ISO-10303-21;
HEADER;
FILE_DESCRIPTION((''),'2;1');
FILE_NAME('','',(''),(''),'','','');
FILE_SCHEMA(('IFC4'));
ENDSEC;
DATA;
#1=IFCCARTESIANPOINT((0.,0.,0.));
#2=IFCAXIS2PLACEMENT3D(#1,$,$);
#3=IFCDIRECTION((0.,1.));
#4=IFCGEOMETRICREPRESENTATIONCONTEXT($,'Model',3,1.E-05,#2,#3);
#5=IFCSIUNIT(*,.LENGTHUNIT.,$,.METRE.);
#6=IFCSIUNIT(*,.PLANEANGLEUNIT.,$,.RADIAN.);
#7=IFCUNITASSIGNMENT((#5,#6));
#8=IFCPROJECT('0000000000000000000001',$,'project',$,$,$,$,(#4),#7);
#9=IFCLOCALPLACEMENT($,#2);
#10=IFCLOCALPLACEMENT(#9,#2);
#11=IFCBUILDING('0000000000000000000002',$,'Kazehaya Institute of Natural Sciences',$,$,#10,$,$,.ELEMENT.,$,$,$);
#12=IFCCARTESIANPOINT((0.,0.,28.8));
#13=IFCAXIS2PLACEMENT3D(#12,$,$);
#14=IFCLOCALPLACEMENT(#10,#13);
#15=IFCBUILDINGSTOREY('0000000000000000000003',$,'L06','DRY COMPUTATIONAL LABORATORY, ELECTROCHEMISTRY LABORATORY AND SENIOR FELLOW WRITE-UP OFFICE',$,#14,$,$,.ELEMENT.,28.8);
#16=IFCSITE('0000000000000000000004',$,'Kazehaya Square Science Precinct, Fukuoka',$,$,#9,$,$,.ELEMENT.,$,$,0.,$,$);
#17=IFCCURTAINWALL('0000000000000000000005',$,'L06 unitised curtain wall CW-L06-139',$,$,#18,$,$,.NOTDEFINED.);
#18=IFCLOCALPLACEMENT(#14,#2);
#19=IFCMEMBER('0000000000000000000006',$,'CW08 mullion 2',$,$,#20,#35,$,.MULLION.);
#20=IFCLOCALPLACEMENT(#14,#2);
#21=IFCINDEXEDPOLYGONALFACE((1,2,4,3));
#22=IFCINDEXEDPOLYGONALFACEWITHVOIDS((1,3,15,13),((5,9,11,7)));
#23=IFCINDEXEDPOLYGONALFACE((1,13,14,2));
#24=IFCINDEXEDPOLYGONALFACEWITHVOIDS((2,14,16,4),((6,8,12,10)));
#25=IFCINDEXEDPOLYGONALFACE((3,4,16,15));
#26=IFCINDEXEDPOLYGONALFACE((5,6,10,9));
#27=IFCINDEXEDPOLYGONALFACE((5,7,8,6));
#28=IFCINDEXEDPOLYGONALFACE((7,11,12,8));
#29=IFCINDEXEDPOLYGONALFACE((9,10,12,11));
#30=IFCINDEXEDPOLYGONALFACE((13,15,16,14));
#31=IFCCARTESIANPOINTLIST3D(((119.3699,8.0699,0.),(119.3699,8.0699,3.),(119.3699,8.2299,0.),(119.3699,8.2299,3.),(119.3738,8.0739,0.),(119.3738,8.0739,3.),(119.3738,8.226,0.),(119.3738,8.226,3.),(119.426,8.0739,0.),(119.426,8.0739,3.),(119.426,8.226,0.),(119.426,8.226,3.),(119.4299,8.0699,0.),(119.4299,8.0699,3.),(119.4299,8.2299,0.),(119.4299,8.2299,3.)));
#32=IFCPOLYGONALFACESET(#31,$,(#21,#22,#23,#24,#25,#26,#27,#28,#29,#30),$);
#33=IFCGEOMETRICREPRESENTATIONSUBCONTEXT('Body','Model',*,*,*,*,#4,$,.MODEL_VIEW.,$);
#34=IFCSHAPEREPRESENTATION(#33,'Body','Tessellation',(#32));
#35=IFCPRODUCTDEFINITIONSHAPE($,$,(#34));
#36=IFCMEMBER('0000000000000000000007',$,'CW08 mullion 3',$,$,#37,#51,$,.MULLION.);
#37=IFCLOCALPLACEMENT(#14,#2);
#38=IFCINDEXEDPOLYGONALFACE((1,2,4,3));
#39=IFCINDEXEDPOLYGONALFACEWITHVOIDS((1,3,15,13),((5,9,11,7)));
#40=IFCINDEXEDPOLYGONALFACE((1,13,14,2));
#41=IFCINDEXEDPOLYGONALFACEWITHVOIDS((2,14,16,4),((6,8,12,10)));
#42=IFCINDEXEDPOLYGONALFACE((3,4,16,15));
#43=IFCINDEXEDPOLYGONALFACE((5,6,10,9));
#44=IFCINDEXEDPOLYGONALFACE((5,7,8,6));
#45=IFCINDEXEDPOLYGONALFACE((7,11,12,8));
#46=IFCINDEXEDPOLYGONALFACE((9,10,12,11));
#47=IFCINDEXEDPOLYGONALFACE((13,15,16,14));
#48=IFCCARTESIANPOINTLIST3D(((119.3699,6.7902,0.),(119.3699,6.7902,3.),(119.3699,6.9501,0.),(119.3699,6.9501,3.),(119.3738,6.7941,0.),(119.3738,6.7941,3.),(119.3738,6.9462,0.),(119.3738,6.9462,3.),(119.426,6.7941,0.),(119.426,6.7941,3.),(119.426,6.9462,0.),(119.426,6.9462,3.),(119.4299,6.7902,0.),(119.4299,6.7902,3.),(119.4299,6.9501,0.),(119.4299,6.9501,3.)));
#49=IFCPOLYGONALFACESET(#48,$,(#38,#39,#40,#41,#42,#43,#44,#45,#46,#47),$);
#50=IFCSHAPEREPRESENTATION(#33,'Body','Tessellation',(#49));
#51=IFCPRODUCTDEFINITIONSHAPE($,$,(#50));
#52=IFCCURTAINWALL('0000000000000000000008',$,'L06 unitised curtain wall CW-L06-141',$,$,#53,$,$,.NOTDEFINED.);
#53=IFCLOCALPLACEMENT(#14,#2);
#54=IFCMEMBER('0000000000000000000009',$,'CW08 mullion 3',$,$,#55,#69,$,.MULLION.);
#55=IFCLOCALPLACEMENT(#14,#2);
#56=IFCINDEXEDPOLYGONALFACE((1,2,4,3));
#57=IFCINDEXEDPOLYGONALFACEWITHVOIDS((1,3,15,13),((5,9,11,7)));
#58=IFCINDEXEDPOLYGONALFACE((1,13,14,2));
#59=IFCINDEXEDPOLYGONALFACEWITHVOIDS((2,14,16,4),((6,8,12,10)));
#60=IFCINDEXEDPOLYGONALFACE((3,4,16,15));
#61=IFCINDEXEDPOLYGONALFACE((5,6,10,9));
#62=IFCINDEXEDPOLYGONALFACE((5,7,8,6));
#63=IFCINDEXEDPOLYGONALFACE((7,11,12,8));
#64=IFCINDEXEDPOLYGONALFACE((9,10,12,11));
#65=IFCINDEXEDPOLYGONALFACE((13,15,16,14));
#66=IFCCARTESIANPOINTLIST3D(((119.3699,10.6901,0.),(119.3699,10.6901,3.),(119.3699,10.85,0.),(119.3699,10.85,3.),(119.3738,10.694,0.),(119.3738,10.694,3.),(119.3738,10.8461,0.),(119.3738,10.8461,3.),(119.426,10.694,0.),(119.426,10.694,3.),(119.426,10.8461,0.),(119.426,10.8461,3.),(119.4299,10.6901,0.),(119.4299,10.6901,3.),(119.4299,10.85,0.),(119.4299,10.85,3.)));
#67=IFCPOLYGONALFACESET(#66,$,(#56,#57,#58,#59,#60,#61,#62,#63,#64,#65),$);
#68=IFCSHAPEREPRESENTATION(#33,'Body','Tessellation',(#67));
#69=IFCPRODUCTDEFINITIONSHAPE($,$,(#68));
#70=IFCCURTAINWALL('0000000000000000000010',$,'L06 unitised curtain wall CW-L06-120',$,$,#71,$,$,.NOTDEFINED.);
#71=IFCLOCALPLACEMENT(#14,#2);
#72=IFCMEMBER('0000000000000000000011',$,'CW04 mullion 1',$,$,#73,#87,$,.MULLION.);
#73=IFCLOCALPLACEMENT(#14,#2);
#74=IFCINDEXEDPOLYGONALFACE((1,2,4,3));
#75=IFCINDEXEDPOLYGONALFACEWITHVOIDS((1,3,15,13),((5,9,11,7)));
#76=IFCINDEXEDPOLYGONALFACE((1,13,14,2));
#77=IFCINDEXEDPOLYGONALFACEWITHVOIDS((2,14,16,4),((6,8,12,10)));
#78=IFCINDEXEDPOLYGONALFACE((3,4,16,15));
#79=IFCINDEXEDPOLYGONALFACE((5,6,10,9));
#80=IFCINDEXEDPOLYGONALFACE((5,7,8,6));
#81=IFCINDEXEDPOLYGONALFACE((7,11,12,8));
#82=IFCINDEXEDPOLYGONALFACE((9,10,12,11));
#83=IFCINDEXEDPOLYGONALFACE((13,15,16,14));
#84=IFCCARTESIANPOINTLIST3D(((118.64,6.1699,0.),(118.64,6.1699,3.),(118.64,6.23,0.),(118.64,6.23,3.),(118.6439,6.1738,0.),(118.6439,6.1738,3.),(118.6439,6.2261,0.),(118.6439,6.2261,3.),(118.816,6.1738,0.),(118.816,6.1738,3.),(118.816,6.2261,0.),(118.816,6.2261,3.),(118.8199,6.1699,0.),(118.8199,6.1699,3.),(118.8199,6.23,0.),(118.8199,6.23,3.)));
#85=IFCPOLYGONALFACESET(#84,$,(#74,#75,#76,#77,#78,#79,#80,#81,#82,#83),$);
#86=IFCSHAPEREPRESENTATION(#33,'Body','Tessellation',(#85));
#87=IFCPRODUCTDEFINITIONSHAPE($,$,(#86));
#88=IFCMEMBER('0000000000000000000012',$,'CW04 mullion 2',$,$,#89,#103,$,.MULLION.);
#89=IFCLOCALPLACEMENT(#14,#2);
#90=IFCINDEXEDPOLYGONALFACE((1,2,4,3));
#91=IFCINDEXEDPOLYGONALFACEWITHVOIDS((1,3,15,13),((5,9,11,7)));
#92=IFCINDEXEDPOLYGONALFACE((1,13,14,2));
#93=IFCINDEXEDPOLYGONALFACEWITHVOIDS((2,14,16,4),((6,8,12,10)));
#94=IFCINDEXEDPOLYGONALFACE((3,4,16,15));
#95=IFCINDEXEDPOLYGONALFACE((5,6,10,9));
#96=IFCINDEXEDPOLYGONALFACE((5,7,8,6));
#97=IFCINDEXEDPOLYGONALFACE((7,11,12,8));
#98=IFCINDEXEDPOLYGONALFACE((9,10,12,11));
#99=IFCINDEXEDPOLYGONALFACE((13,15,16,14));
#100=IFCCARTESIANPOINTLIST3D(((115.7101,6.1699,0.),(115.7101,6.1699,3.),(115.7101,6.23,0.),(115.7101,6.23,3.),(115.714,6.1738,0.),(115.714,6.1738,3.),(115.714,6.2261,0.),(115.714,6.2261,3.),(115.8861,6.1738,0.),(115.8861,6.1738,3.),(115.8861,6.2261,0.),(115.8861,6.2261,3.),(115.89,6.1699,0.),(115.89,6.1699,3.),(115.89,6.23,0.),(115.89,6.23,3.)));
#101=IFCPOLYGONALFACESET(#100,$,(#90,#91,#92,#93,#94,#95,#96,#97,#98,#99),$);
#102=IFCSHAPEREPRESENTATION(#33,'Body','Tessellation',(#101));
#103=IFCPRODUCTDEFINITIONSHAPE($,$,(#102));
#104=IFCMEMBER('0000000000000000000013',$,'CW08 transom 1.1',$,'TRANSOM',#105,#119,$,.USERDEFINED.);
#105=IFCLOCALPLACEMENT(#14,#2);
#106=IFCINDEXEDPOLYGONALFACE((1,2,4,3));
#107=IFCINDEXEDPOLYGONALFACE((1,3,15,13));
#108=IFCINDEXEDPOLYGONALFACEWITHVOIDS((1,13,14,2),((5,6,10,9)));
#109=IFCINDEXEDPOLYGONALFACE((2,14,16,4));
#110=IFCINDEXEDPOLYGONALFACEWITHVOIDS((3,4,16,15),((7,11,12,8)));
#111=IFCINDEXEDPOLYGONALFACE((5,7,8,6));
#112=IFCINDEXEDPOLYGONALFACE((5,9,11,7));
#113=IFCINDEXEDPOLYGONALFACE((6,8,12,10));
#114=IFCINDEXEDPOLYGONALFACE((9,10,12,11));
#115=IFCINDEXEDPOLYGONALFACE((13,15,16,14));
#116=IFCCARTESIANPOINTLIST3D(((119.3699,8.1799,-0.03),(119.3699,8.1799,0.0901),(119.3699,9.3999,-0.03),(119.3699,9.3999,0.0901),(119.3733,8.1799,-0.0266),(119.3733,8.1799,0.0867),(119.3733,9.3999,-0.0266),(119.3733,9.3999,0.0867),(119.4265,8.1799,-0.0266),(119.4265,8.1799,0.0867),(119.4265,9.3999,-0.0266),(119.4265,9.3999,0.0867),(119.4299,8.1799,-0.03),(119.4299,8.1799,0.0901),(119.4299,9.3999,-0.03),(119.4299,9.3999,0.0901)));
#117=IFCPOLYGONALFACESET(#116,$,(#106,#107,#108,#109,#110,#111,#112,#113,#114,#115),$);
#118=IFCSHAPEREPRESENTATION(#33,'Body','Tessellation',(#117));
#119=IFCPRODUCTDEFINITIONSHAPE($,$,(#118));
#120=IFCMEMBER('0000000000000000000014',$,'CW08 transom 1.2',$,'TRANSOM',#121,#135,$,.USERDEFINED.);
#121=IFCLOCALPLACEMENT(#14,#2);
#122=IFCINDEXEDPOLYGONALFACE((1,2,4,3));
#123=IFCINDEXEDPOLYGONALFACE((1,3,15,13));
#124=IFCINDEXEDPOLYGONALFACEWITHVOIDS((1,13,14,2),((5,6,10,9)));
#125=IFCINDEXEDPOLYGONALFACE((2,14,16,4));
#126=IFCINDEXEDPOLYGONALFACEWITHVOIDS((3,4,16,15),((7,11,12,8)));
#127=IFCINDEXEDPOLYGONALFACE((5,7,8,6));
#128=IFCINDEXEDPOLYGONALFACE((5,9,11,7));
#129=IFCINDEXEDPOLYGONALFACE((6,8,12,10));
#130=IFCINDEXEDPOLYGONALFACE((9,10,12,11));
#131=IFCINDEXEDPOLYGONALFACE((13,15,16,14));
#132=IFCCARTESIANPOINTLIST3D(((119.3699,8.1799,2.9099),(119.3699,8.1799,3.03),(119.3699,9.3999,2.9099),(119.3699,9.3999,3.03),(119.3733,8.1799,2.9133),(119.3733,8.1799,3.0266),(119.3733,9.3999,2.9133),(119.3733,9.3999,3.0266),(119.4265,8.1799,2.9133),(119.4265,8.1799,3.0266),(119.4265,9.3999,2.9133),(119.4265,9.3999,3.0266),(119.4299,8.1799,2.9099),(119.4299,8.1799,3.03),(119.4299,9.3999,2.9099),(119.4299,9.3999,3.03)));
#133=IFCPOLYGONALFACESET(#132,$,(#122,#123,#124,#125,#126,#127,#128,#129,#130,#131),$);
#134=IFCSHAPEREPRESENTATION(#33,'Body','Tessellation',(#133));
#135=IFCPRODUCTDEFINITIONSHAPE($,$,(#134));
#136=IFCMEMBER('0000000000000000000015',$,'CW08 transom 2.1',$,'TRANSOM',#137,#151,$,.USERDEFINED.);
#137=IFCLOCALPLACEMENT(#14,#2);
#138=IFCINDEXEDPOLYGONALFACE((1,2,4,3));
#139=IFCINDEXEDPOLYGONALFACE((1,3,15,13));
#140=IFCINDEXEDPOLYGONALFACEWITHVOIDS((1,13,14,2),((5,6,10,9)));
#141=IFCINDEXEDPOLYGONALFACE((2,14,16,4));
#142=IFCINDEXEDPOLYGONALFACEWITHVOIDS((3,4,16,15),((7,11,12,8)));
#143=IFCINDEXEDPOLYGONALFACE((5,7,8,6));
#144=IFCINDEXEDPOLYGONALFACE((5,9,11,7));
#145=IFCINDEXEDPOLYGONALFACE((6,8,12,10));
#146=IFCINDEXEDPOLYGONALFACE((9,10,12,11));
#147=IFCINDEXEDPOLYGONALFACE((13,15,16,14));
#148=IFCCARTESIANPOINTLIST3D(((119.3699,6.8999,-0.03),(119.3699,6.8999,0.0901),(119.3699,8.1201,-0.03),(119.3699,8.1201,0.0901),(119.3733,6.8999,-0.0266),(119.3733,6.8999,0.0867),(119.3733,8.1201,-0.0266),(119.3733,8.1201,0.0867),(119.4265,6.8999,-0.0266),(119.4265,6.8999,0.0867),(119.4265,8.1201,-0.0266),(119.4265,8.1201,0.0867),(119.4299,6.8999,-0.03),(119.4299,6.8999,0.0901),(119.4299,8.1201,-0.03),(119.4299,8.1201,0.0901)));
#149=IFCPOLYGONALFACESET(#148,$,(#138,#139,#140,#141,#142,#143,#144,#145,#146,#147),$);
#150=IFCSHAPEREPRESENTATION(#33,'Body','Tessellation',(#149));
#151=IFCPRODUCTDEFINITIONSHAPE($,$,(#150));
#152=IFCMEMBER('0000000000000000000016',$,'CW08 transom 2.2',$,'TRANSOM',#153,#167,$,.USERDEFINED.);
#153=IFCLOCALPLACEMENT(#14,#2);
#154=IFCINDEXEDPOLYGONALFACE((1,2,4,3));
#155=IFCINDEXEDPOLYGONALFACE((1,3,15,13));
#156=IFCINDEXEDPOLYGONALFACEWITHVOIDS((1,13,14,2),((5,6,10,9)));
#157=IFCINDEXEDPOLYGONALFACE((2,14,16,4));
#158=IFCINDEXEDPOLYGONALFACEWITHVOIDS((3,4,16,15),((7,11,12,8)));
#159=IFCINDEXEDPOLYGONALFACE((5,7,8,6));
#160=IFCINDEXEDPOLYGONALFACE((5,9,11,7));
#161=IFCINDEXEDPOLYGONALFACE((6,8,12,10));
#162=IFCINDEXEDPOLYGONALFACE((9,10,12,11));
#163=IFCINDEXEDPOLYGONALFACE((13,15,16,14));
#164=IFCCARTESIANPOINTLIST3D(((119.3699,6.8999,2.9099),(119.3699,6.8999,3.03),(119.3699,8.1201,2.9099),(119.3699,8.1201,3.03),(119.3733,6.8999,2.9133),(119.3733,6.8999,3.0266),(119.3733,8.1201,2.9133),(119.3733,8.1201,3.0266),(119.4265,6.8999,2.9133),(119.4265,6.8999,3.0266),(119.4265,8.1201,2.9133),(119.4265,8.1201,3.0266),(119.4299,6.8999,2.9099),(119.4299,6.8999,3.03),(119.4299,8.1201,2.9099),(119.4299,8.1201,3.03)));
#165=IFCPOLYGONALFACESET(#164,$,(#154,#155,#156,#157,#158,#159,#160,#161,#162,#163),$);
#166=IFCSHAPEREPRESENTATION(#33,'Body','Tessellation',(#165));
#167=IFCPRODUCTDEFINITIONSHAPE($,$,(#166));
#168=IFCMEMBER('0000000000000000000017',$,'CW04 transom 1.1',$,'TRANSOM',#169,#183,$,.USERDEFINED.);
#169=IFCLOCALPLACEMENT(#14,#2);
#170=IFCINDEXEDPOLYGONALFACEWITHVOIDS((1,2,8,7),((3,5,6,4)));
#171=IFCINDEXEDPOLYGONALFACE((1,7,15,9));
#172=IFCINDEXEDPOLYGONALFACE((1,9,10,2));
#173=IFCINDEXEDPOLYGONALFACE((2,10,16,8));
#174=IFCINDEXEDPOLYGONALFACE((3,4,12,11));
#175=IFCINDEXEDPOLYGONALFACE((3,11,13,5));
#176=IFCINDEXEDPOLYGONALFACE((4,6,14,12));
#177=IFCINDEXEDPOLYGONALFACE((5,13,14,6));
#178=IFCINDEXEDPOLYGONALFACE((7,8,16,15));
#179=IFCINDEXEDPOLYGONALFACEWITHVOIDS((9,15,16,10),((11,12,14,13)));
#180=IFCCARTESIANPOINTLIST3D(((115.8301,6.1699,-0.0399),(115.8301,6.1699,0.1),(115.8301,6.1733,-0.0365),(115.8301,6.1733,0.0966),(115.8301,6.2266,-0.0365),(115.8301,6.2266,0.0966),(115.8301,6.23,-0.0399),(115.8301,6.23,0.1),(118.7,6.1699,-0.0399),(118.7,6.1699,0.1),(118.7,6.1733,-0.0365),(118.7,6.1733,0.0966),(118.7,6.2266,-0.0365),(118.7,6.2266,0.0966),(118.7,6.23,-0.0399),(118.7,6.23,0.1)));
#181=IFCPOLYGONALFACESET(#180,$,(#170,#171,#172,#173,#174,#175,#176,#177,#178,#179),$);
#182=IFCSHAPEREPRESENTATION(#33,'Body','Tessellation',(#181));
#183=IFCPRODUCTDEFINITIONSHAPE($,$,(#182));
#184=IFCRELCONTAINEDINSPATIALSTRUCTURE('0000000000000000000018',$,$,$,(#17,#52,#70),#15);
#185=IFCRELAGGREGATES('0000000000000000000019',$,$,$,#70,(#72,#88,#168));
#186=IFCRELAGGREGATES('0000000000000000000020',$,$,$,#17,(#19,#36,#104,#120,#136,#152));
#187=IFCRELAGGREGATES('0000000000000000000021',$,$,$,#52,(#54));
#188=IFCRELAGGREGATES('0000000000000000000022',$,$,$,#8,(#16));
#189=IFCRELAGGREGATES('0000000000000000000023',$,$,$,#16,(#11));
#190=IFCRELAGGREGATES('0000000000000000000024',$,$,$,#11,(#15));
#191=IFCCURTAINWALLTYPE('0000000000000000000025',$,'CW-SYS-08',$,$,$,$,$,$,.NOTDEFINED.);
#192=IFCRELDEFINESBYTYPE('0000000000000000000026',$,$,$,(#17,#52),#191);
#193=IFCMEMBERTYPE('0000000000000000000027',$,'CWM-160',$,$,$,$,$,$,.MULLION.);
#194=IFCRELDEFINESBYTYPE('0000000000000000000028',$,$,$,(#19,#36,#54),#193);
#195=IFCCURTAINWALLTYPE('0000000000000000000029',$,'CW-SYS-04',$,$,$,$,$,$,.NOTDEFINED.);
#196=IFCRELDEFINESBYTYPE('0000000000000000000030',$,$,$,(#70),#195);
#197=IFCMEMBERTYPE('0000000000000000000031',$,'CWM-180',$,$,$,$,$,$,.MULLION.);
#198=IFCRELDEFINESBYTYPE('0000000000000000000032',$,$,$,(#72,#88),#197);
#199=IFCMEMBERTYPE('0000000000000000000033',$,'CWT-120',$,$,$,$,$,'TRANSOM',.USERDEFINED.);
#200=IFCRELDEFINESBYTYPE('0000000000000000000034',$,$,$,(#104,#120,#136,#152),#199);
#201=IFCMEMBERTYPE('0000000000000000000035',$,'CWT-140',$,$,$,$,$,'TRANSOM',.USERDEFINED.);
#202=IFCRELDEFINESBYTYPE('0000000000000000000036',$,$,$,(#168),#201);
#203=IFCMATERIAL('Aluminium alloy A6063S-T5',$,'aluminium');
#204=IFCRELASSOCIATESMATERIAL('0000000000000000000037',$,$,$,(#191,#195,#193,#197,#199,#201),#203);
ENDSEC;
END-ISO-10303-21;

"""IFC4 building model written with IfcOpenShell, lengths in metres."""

from ifc_helpers import new_model, si_unit, direction, frame, origin, origin_2d, place, context, subcontext, project, spatial, hollow_rectangle, extrude, material, material_profile, profile_set, type_object, element, aggregate, save


model = new_model("IFC4")

# Units and contexts
model_context = context("Model", 3, precision=1e-05, world=origin(), true_north=direction((0.0, 1.0)))
body_context = subcontext(model_context, "Body", "Model", "MODEL_VIEW")
ifc_project = project(units=[si_unit("LENGTHUNIT", "METRE"), si_unit("PLANEANGLEUNIT", "RADIAN")], contexts=[model_context])

# Site, building, storey
site_placement = place(None, origin())
site = spatial("IfcSite", under=ifc_project, at=site_placement, Name="Kazehaya Square Science Precinct, Fukuoka", CompositionType="ELEMENT", RefElevation=0.0)
building_placement = place(site_placement, origin())
building = spatial("IfcBuilding", under=site, at=building_placement, Name="Kazehaya Institute of Natural Sciences", CompositionType="ELEMENT")
storey_placement = place(building_placement, frame((0.0, 0.0, 28.8)))
storey = spatial("IfcBuildingStorey", under=building, at=storey_placement, Name="L06", Description="DRY COMPUTATIONAL LABORATORY, ELECTROCHEMISTRY LABORATORY AND SENIOR FELLOW WRITE-UP OFFICE", CompositionType="ELEMENT", Elevation=28.8)

# Curtain wall, members
ifc_material_1 = material(Name="Aluminium alloy A6063S-T5", Category="aluminium")
curtain_wall_type_1 = type_object("IfcCurtainWallType", Name="CW-SYS-08", PredefinedType="NOTDEFINED", material=ifc_material_1)
curtain_wall_1_placement = place(storey_placement, origin())
curtain_wall_1 = element("IfcCurtainWall", 1, at=curtain_wall_1_placement, inside=storey, type_object=curtain_wall_type_1, Name="L06 unitised curtain wall CW-L06-139", PredefinedType="NOTDEFINED")
ifc_material_profile_1 = material_profile(ifc_material_1, hollow_rectangle(XDim=0.0601, YDim=0.1599, WallThickness=0.0039, at=origin_2d()), Name="ALU-60x160x4")
ifc_profile_set_1 = profile_set([ifc_material_profile_1], Name="Aluminium alloy A6063S-T5")
member_type_1 = type_object("IfcMemberType", Name="CWM-160", PredefinedType="MULLION", material=ifc_profile_set_1)
member_1_placement = place(storey_placement, frame((119.3999, 8.1499, 0.0), z_axis=(0.0, 0.0, 1.0), x_axis=(1.0, 0.0, 0.0)))
member_1 = element("IfcMember", 2, at=member_1_placement, type_object=member_type_1, Name="CW08 mullion 2", PredefinedType="MULLION", context=body_context, shape_type="SweptSolid", body=[
    extrude(hollow_rectangle(XDim=0.0601, YDim=0.1599, WallThickness=0.0039, at=origin_2d()), origin(), (0.0, 0.0, 1.0), 3.0),
])
member_2_placement = place(storey_placement, frame((119.3999, 6.8701, 0.0), z_axis=(0.0, 0.0, 1.0), x_axis=(1.0, 0.0, 0.0)))
member_2 = element("IfcMember", 3, at=member_2_placement, type_object=member_type_1, Name="CW08 mullion 3", PredefinedType="MULLION", context=body_context, shape_type="SweptSolid", body=[
    extrude(hollow_rectangle(XDim=0.0601, YDim=0.1599, WallThickness=0.0039, at=origin_2d()), origin(), (0.0, 0.0, 1.0), 3.0),
])

# Curtain wall, member
curtain_wall_2_placement = place(storey_placement, origin())
curtain_wall_2 = element("IfcCurtainWall", 4, at=curtain_wall_2_placement, inside=storey, type_object=curtain_wall_type_1, Name="L06 unitised curtain wall CW-L06-141", PredefinedType="NOTDEFINED")
member_3_placement = place(storey_placement, frame((119.3999, 10.77, 0.0), z_axis=(0.0, 0.0, 1.0), x_axis=(1.0, 0.0, 0.0)))
member_3 = element("IfcMember", 5, at=member_3_placement, type_object=member_type_1, Name="CW08 mullion 3", PredefinedType="MULLION", context=body_context, shape_type="SweptSolid", body=[
    extrude(hollow_rectangle(XDim=0.0601, YDim=0.1599, WallThickness=0.0039, at=origin_2d()), origin(), (0.0, 0.0, 1.0), 3.0),
])

# Curtain wall, members
curtain_wall_type_2 = type_object("IfcCurtainWallType", Name="CW-SYS-04", PredefinedType="NOTDEFINED", material=ifc_material_1)
curtain_wall_3_placement = place(storey_placement, origin())
curtain_wall_3 = element("IfcCurtainWall", 6, at=curtain_wall_3_placement, inside=storey, type_object=curtain_wall_type_2, Name="L06 unitised curtain wall CW-L06-120", PredefinedType="NOTDEFINED")
ifc_material_profile_2 = material_profile(ifc_material_1, hollow_rectangle(XDim=0.0601, YDim=0.1799, WallThickness=0.0039, at=origin_2d()), Name="ALU-60x180x4")
ifc_profile_set_2 = profile_set([ifc_material_profile_2], Name="Aluminium alloy A6063S-T5")
member_type_2 = type_object("IfcMemberType", Name="CWM-180", PredefinedType="MULLION", material=ifc_profile_set_2)
member_4_placement = place(storey_placement, frame((118.73, 6.2, 0.0), z_axis=(0.0, 0.0, 1.0), x_axis=(0.0, -1.0, 0.0)))
member_4 = element("IfcMember", 7, at=member_4_placement, type_object=member_type_2, Name="CW04 mullion 1", PredefinedType="MULLION", context=body_context, shape_type="SweptSolid", body=[
    extrude(hollow_rectangle(XDim=0.0601, YDim=0.1799, WallThickness=0.0039, at=origin_2d()), origin(), (0.0, 0.0, 1.0), 3.0),
])
member_5_placement = place(storey_placement, frame((115.8, 6.2, 0.0), z_axis=(0.0, 0.0, 1.0), x_axis=(0.0, -1.0, 0.0)))
member_5 = element("IfcMember", 8, at=member_5_placement, type_object=member_type_2, Name="CW04 mullion 2", PredefinedType="MULLION", context=body_context, shape_type="SweptSolid", body=[
    extrude(hollow_rectangle(XDim=0.0601, YDim=0.1799, WallThickness=0.0039, at=origin_2d()), origin(), (0.0, 0.0, 1.0), 3.0),
])

# Members
ifc_material_profile_3 = material_profile(ifc_material_1, hollow_rectangle(XDim=0.0601, YDim=0.1201, WallThickness=0.0034, at=origin_2d()), Name="ALU-60x120x3.5")
ifc_profile_set_3 = profile_set([ifc_material_profile_3], Name="Aluminium alloy A6063S-T5")
member_type_3 = type_object("IfcMemberType", Name="CWT-120", ElementType="TRANSOM", PredefinedType="USERDEFINED", material=ifc_profile_set_3)
member_6_placement = place(storey_placement, frame((119.3999, 9.3999, 0.03), z_axis=(0.0, -1.0, 0.0), x_axis=(1.0, 0.0, 0.0)))
member_6 = element("IfcMember", 9, at=member_6_placement, type_object=member_type_3, Name="CW08 transom 1.1", ObjectType="TRANSOM", PredefinedType="USERDEFINED", context=body_context, shape_type="SweptSolid", body=[
    extrude(hollow_rectangle(XDim=0.0601, YDim=0.1201, WallThickness=0.0034, at=origin_2d()), origin(), (0.0, 0.0, 1.0), 1.22),
])
member_7_placement = place(storey_placement, frame((119.3999, 9.3999, 2.97), z_axis=(0.0, -1.0, 0.0), x_axis=(1.0, 0.0, 0.0)))
member_7 = element("IfcMember", 10, at=member_7_placement, type_object=member_type_3, Name="CW08 transom 1.2", ObjectType="TRANSOM", PredefinedType="USERDEFINED", context=body_context, shape_type="SweptSolid", body=[
    extrude(hollow_rectangle(XDim=0.0601, YDim=0.1201, WallThickness=0.0034, at=origin_2d()), origin(), (0.0, 0.0, 1.0), 1.22),
])
member_8_placement = place(storey_placement, frame((119.3999, 8.1201, 0.03), z_axis=(0.0, -1.0, 0.0), x_axis=(1.0, 0.0, 0.0)))
member_8 = element("IfcMember", 11, at=member_8_placement, type_object=member_type_3, Name="CW08 transom 2.1", ObjectType="TRANSOM", PredefinedType="USERDEFINED", context=body_context, shape_type="SweptSolid", body=[
    extrude(hollow_rectangle(XDim=0.0601, YDim=0.1201, WallThickness=0.0034, at=origin_2d()), origin(), (0.0, 0.0, 1.0), 1.2202),
])
member_9_placement = place(storey_placement, frame((119.3999, 8.1201, 2.97), z_axis=(0.0, -1.0, 0.0), x_axis=(1.0, 0.0, 0.0)))
member_9 = element("IfcMember", 12, at=member_9_placement, type_object=member_type_3, Name="CW08 transom 2.2", ObjectType="TRANSOM", PredefinedType="USERDEFINED", context=body_context, shape_type="SweptSolid", body=[
    extrude(hollow_rectangle(XDim=0.0601, YDim=0.1201, WallThickness=0.0034, at=origin_2d()), origin(), (0.0, 0.0, 1.0), 1.2202),
])
ifc_material_profile_4 = material_profile(ifc_material_1, hollow_rectangle(XDim=0.0601, YDim=0.1399, WallThickness=0.0034, at=origin_2d()), Name="ALU-60x140x3.5")
ifc_profile_set_4 = profile_set([ifc_material_profile_4], Name="Aluminium alloy A6063S-T5")
member_type_4 = type_object("IfcMemberType", Name="CWT-140", ElementType="TRANSOM", PredefinedType="USERDEFINED", material=ifc_profile_set_4)
member_10_placement = place(storey_placement, frame((118.7, 6.2, 0.03), z_axis=(-1.0, 0.0, 0.0), x_axis=(0.0, -1.0, 0.0)))
member_10 = element("IfcMember", 13, at=member_10_placement, type_object=member_type_4, Name="CW04 transom 1.1", ObjectType="TRANSOM", PredefinedType="USERDEFINED", context=body_context, shape_type="SweptSolid", body=[
    extrude(hollow_rectangle(XDim=0.0601, YDim=0.1399, WallThickness=0.0034, at=origin_2d()), origin(), (0.0, 0.0, 1.0), 2.8699),
])

aggregate(curtain_wall_3, [member_4, member_5, member_10])
aggregate(curtain_wall_1, [member_1, member_2, member_6, member_7, member_8, member_9])
aggregate(curtain_wall_2, [member_3])

save(model, "model.ifc")
